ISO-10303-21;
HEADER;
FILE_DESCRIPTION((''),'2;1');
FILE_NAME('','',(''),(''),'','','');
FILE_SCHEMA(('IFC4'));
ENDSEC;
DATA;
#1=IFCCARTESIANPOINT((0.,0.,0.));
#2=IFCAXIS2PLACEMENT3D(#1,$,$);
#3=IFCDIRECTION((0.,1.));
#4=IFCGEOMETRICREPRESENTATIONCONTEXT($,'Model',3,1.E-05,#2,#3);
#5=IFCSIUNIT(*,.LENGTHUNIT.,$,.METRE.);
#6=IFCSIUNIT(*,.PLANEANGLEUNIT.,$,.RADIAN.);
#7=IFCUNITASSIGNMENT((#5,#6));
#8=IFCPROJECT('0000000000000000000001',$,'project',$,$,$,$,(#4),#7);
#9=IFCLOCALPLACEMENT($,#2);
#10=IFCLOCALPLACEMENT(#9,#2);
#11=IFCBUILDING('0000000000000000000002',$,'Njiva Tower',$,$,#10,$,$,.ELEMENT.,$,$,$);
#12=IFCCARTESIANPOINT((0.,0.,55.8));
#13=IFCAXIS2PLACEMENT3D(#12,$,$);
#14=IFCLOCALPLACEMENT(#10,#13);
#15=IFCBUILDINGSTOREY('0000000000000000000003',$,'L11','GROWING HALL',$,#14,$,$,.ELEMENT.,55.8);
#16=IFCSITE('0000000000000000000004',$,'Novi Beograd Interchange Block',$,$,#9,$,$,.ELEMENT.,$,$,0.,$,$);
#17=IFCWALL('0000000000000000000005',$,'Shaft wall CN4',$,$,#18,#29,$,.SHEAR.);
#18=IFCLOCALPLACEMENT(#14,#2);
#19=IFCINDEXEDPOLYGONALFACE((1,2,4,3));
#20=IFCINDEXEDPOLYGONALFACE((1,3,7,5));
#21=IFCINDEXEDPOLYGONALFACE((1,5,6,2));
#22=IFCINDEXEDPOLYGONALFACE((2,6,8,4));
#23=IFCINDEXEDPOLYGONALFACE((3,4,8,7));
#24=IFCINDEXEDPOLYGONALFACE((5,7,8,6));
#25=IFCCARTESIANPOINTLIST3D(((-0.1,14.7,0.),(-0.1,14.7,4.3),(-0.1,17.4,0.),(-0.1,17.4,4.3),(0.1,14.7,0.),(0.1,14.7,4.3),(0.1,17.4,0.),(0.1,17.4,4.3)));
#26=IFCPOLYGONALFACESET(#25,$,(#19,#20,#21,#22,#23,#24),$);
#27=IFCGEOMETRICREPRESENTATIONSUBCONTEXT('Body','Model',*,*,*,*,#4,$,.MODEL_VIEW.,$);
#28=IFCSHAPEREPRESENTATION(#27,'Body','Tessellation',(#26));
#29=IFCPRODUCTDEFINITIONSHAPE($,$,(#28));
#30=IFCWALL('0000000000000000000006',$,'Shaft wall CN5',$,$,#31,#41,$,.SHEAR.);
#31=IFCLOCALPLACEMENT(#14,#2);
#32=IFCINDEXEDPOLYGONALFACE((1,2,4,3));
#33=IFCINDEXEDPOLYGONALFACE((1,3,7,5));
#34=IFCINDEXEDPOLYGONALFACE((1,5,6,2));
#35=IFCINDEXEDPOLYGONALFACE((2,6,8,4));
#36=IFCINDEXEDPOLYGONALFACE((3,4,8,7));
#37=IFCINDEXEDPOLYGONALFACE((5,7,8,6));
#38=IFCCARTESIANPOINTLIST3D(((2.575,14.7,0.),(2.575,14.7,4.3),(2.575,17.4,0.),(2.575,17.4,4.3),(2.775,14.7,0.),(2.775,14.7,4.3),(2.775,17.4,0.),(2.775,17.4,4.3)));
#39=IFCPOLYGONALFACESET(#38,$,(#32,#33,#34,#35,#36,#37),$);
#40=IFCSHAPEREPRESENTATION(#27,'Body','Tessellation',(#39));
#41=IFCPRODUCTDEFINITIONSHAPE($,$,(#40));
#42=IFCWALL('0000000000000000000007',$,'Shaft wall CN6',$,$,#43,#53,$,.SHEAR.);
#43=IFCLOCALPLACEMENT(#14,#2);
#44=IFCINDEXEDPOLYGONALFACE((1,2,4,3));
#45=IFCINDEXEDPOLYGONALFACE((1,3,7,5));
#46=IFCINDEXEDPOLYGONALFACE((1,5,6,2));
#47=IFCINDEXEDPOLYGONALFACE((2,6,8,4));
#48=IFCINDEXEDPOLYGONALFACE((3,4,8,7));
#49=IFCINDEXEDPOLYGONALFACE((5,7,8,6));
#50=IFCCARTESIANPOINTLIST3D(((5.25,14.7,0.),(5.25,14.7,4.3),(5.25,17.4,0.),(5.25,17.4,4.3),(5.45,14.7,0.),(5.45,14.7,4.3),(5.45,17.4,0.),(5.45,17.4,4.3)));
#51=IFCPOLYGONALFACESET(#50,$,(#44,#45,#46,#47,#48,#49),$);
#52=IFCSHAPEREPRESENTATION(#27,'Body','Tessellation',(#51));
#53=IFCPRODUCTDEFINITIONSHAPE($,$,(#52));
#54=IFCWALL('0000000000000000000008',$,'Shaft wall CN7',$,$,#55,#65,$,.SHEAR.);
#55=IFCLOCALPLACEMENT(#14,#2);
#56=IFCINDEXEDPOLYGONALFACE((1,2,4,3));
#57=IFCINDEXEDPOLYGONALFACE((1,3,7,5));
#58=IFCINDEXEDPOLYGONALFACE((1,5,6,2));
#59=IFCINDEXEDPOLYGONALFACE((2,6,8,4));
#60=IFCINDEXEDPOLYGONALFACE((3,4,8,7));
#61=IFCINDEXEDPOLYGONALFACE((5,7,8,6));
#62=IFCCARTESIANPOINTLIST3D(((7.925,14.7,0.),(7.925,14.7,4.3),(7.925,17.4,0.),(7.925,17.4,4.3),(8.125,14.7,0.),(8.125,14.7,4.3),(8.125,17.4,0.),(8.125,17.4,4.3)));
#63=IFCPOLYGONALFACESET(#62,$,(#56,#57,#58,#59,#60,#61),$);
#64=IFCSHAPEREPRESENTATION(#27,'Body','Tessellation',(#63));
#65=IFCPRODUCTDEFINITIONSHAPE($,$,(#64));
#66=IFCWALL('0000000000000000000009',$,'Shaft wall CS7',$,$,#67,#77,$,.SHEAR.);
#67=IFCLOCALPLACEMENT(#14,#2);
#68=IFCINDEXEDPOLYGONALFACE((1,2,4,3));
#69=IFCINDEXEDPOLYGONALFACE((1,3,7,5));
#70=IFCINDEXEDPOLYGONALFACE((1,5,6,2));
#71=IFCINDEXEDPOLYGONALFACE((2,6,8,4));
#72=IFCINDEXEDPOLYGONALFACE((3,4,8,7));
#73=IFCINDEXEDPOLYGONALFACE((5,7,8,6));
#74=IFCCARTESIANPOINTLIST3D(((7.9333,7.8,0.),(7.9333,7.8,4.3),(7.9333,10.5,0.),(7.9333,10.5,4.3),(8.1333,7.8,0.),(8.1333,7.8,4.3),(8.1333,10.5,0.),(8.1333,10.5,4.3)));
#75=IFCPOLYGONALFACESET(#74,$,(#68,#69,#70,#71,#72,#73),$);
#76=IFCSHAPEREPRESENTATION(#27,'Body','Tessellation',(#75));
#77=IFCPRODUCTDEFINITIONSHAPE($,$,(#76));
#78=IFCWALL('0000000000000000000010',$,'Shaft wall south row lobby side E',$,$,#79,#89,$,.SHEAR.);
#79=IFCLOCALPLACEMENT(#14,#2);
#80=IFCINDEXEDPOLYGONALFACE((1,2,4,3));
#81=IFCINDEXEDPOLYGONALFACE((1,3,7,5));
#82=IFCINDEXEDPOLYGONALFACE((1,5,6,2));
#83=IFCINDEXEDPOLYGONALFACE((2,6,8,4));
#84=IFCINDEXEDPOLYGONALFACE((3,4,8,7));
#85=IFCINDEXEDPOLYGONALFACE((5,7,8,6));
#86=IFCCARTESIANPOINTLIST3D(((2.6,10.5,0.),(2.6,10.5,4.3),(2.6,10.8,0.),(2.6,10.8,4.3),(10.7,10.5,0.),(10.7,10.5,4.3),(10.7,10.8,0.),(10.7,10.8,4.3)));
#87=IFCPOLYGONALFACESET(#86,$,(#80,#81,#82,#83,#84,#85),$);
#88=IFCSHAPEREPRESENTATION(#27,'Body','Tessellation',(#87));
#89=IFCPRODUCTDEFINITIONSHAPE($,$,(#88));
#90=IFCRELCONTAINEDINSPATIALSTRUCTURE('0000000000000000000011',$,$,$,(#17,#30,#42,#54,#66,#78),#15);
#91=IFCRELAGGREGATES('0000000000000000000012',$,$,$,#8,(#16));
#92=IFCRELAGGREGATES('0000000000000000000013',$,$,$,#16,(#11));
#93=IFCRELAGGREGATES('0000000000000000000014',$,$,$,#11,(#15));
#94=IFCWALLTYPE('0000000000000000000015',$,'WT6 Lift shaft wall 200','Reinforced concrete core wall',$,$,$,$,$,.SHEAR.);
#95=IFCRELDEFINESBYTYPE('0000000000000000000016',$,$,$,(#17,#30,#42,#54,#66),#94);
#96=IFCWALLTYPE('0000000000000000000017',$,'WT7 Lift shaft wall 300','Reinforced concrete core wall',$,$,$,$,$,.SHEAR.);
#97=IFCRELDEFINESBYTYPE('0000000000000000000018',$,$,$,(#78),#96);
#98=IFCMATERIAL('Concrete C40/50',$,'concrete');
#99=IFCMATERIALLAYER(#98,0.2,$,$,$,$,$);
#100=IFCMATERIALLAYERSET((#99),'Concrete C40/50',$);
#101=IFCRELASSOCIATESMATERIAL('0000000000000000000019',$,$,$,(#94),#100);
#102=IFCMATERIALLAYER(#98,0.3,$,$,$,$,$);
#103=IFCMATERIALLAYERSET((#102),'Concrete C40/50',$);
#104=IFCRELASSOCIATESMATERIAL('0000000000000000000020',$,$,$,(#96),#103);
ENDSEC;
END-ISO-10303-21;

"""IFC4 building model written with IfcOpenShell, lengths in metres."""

from ifc_helpers import new_model, si_unit, direction, frame, frame_2d, origin, place, context, subcontext, project, spatial, rectangle, extrude, material, layer, layer_set, type_object, element, save


model = new_model("IFC4")

# Units and contexts
model_context = context("Model", 3, precision=1e-05, world=origin(), true_north=direction((0.0, 1.0)))
body_context = subcontext(model_context, "Body", "Model", "MODEL_VIEW")
ifc_project = project(units=[si_unit("LENGTHUNIT", "METRE"), si_unit("PLANEANGLEUNIT", "RADIAN")], contexts=[model_context])

# Site, building, storey
site_placement = place(None, origin())
site = spatial("IfcSite", under=ifc_project, at=site_placement, Name="Novi Beograd Interchange Block", CompositionType="ELEMENT", RefElevation=0.0)
building_placement = place(site_placement, origin())
building = spatial("IfcBuilding", under=site, at=building_placement, Name="Njiva Tower", CompositionType="ELEMENT")
storey_placement = place(building_placement, frame((0.0, 0.0, 55.8)))
storey = spatial("IfcBuildingStorey", under=building, at=storey_placement, Name="L11", Description="GROWING HALL", CompositionType="ELEMENT", Elevation=55.8)

# Shared definitions
ifc_material_1 = material(Name="Concrete C40/50", Category="concrete")

# Walls
ifc_layer_1 = layer(ifc_material_1, 0.2)
ifc_layer_set_1 = layer_set([ifc_layer_1], Name="Concrete C40/50")
wall_type_1 = type_object("IfcWallType", Name="WT6 Lift shaft wall 200", Description="Reinforced concrete core wall", PredefinedType="SHEAR", material=ifc_layer_set_1)
for number, where, z_axis, x_axis, name in (
    (1, (0.0, 14.7, 0.0), (0.0, 0.0, 1.0), (0.0, 1.0, 0.0), "Shaft wall CN4"),
    (2, (2.675, 14.7, 0.0), (0.0, 0.0, 1.0), (0.0, 1.0, 0.0), "Shaft wall CN5"),
    (3, (5.35, 14.7, 0.0), (0.0, 0.0, 1.0), (0.0, 1.0, 0.0), "Shaft wall CN6"),
    (4, (8.025, 14.7, 0.0), (0.0, 0.0, 1.0), (0.0, 1.0, 0.0), "Shaft wall CN7"),
    (5, (8.0333, 7.8, 0.0), (0.0, 0.0, 1.0), (0.0, 1.0, 0.0), "Shaft wall CS7"),
):
    element("IfcWall", number, at=place(storey_placement, frame(where, z_axis=z_axis, x_axis=x_axis)), inside=storey, type_object=wall_type_1, Name=name, PredefinedType="SHEAR", context=body_context, shape_type="SweptSolid", body=[
        extrude(rectangle(XDim=2.7, YDim=0.2, at=frame_2d((1.35, 0.0))), origin(), (0.0, 0.0, 1.0), 4.3),
    ])
ifc_layer_2 = layer(ifc_material_1, 0.3)
ifc_layer_set_2 = layer_set([ifc_layer_2], Name="Concrete C40/50")
wall_type_2 = type_object("IfcWallType", Name="WT7 Lift shaft wall 300", Description="Reinforced concrete core wall", PredefinedType="SHEAR", material=ifc_layer_set_2)
wall_1_placement = place(storey_placement, frame((2.6, 10.65, 0.0), z_axis=(0.0, 0.0, 1.0), x_axis=(1.0, 0.0, 0.0)))
element("IfcWall", 6, at=wall_1_placement, inside=storey, type_object=wall_type_2, Name="Shaft wall south row lobby side E", PredefinedType="SHEAR", context=body_context, shape_type="SweptSolid", body=[
    extrude(rectangle(XDim=8.1, YDim=0.3, at=frame_2d((4.05, 0.0))), origin(), (0.0, 0.0, 1.0), 4.3),
])

save(model, "model.ifc")
